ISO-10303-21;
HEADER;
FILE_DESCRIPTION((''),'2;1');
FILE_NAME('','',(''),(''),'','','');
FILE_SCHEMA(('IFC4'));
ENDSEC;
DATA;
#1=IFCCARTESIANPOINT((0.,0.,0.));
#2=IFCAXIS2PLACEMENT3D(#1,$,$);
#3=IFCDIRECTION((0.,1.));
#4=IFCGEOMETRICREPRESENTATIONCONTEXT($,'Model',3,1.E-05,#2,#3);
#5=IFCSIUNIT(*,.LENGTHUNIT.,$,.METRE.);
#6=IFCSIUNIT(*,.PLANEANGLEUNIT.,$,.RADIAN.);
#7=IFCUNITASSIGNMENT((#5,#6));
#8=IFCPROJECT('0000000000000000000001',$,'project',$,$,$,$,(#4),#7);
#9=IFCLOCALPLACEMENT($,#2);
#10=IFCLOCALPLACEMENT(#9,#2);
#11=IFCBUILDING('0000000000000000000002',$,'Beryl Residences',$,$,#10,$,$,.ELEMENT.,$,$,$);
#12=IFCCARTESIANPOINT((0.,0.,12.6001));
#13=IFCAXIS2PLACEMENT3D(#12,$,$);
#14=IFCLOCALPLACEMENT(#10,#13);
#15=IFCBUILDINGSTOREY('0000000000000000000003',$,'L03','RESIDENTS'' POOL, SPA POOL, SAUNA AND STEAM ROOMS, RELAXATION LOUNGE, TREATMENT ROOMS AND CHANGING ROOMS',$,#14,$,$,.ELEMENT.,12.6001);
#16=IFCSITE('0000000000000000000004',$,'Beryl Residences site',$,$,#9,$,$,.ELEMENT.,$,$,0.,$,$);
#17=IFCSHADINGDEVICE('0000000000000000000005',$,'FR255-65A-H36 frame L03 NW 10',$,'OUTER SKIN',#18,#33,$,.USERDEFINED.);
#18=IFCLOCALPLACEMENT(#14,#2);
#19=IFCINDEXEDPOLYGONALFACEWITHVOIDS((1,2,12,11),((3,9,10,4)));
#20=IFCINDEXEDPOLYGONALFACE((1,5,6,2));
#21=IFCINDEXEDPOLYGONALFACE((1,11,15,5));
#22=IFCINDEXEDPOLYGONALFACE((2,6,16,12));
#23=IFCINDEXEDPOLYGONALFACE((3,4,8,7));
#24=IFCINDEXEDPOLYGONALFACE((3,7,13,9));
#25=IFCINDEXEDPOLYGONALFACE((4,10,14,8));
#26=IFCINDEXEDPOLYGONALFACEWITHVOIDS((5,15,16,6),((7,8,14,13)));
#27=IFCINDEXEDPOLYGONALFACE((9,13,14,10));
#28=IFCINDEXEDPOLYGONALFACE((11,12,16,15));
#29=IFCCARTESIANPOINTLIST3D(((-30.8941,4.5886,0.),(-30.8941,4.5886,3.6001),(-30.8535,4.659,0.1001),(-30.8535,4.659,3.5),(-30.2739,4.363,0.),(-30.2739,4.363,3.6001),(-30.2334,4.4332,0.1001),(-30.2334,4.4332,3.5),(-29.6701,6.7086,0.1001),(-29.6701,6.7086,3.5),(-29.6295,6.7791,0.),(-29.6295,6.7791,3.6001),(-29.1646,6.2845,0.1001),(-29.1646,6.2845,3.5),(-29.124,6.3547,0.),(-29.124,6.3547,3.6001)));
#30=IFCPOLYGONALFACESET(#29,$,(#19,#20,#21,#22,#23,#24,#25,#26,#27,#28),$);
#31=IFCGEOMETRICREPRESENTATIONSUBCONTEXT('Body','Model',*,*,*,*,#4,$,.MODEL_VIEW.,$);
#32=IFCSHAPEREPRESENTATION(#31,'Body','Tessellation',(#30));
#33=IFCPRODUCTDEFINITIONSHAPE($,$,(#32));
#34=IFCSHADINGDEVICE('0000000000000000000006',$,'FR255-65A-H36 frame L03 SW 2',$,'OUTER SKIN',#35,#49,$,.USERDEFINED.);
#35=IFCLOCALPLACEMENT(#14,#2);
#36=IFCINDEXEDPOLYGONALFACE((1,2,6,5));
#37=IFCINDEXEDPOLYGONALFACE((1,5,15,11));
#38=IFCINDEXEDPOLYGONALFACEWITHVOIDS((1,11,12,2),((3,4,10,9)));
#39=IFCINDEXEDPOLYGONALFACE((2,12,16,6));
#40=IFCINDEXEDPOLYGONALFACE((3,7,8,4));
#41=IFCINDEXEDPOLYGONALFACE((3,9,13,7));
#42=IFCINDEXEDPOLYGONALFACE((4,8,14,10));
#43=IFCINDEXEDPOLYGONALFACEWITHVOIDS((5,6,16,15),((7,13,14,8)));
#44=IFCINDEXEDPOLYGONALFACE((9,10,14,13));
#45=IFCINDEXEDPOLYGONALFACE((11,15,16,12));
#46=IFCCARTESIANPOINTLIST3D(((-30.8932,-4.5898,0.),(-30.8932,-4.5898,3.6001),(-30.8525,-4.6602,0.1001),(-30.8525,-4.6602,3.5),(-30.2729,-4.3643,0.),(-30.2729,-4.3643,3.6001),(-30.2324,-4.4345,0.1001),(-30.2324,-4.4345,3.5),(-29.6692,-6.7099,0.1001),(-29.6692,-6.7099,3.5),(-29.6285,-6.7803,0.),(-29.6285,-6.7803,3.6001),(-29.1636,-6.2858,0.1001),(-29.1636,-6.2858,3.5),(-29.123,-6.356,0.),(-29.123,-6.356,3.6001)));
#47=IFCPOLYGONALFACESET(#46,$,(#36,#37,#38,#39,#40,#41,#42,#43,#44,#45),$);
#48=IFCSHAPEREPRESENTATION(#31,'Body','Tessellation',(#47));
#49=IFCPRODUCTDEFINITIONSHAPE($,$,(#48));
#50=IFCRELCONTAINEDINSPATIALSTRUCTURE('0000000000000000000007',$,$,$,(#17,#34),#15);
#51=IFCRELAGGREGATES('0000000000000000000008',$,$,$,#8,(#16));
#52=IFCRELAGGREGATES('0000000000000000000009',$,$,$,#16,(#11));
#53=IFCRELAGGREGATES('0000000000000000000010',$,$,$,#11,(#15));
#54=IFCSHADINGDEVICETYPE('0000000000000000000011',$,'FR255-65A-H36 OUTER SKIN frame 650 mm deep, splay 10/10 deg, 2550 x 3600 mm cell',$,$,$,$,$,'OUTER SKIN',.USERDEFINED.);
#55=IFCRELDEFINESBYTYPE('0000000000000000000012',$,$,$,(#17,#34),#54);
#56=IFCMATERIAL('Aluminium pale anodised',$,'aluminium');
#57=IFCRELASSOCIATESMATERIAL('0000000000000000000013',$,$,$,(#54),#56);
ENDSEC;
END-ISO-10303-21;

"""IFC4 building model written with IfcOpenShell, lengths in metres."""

from ifc_helpers import new_model, entity, si_unit, direction, frame, origin, place, context, subcontext, project, spatial, source, transform, mapped, material, type_object, type_shapes, element, save


model = new_model("IFC4")

# Units and contexts
model_context = context("Model", 3, precision=1e-05, world=origin(), true_north=direction((0.0, 1.0)))
body_context = subcontext(model_context, "Body", "Model", "MODEL_VIEW")
ifc_project = project(units=[si_unit("LENGTHUNIT", "METRE"), si_unit("PLANEANGLEUNIT", "RADIAN")], contexts=[model_context])

# Site, building, storey
site_placement = place(None, origin())
site = spatial("IfcSite", under=ifc_project, at=site_placement, Name="Beryl Residences site", CompositionType="ELEMENT", RefElevation=0.0)
building_placement = place(site_placement, origin())
building = spatial("IfcBuilding", under=site, at=building_placement, Name="Beryl Residences", CompositionType="ELEMENT")
storey_placement = place(building_placement, frame((0.0, 0.0, 12.6001)))
storey = spatial("IfcBuildingStorey", under=building, at=storey_placement, Name="L03", Description="RESIDENTS' POOL, SPA POOL, SAUNA AND STEAM ROOMS, RELAXATION LOUNGE, TREATMENT ROOMS AND CHANGING ROOMS", CompositionType="ELEMENT", Elevation=12.6001)

# Shading devices
ifc_material_1 = material(Name="Aluminium pale anodised", Category="aluminium")
shading_device_type_1 = type_object("IfcShadingDeviceType", Name="FR255-65A-H36 OUTER SKIN frame 650 mm deep, splay 10/10 deg, 2550 x 3600 mm cell", ElementType="OUTER SKIN", PredefinedType="USERDEFINED", material=ifc_material_1)
cartesian_point_1 = entity("IfcCartesianPoint", [-1.1499, 0.0])
cartesian_point_2 = entity("IfcCartesianPoint", [-1.0688, 0.1001])
cartesian_point_3 = entity("IfcCartesianPoint", [-1.2646, 0.0])
cartesian_point_4 = entity("IfcCartesianPoint", [-1.1833, 0.1001])
shared_shape_1 = source(origin(), body_context, "Body", "SweptSolid", [
    entity("IfcExtrudedAreaSolidTapered", entity("IfcArbitraryProfileDefWithVoids", "AREA", None, entity("IfcPolyline", [cartesian_point_1, entity("IfcCartesianPoint", [1.1499, 0.0]), entity("IfcCartesianPoint", [1.1499, 3.6001]), entity("IfcCartesianPoint", [-1.1499, 3.6001]), cartesian_point_1]), [entity("IfcPolyline", [cartesian_point_2, entity("IfcCartesianPoint", [1.0688, 0.1001]), entity("IfcCartesianPoint", [1.0688, 3.5]), entity("IfcCartesianPoint", [-1.0688, 3.5]), cartesian_point_2])]), entity("IfcAxis2Placement3D", entity("IfcCartesianPoint", [0.0, 0.0, 0.0]), entity("IfcDirection", [0.0, 1.0, 0.0]), entity("IfcDirection", [-1.0, 0.0, 0.0])), entity("IfcDirection", [0.0, 0.0, 1.0]), 0.6499, entity("IfcArbitraryProfileDefWithVoids", "AREA", None, entity("IfcPolyline", [cartesian_point_3, entity("IfcCartesianPoint", [1.2646, 0.0]), entity("IfcCartesianPoint", [1.2646, 3.6001]), entity("IfcCartesianPoint", [-1.2646, 3.6001]), cartesian_point_3]), [entity("IfcPolyline", [cartesian_point_4, entity("IfcCartesianPoint", [1.1833, 0.1001]), entity("IfcCartesianPoint", [1.1833, 3.5]), entity("IfcCartesianPoint", [-1.1833, 3.5]), cartesian_point_4])])),
])
type_shapes(shading_device_type_1, [shared_shape_1])
for number, where, z_axis, x_axis, name in (
    (1, (-29.699, 5.3589, 0.0), (0.0, 0.0, 1.0), (0.5, 0.866025, 0.0), "FR255-65A-H36 frame L03 NW 10"),
    (2, (-29.698, -5.3601, 0.0), (0.0, 0.0, 1.0), (-0.5, 0.866025, 0.0), "FR255-65A-H36 frame L03 SW 2"),
):
    element("IfcShadingDevice", number, at=place(storey_placement, frame(where, z_axis=z_axis, x_axis=x_axis)), inside=storey, type_object=shading_device_type_1, Name=name, ObjectType="OUTER SKIN", PredefinedType="USERDEFINED", context=body_context, shape_type="MappedRepresentation", body=[
        mapped(shared_shape_1, transform((0.0, 0.0, 0.0))),
    ])

save(model, "model.ifc")
